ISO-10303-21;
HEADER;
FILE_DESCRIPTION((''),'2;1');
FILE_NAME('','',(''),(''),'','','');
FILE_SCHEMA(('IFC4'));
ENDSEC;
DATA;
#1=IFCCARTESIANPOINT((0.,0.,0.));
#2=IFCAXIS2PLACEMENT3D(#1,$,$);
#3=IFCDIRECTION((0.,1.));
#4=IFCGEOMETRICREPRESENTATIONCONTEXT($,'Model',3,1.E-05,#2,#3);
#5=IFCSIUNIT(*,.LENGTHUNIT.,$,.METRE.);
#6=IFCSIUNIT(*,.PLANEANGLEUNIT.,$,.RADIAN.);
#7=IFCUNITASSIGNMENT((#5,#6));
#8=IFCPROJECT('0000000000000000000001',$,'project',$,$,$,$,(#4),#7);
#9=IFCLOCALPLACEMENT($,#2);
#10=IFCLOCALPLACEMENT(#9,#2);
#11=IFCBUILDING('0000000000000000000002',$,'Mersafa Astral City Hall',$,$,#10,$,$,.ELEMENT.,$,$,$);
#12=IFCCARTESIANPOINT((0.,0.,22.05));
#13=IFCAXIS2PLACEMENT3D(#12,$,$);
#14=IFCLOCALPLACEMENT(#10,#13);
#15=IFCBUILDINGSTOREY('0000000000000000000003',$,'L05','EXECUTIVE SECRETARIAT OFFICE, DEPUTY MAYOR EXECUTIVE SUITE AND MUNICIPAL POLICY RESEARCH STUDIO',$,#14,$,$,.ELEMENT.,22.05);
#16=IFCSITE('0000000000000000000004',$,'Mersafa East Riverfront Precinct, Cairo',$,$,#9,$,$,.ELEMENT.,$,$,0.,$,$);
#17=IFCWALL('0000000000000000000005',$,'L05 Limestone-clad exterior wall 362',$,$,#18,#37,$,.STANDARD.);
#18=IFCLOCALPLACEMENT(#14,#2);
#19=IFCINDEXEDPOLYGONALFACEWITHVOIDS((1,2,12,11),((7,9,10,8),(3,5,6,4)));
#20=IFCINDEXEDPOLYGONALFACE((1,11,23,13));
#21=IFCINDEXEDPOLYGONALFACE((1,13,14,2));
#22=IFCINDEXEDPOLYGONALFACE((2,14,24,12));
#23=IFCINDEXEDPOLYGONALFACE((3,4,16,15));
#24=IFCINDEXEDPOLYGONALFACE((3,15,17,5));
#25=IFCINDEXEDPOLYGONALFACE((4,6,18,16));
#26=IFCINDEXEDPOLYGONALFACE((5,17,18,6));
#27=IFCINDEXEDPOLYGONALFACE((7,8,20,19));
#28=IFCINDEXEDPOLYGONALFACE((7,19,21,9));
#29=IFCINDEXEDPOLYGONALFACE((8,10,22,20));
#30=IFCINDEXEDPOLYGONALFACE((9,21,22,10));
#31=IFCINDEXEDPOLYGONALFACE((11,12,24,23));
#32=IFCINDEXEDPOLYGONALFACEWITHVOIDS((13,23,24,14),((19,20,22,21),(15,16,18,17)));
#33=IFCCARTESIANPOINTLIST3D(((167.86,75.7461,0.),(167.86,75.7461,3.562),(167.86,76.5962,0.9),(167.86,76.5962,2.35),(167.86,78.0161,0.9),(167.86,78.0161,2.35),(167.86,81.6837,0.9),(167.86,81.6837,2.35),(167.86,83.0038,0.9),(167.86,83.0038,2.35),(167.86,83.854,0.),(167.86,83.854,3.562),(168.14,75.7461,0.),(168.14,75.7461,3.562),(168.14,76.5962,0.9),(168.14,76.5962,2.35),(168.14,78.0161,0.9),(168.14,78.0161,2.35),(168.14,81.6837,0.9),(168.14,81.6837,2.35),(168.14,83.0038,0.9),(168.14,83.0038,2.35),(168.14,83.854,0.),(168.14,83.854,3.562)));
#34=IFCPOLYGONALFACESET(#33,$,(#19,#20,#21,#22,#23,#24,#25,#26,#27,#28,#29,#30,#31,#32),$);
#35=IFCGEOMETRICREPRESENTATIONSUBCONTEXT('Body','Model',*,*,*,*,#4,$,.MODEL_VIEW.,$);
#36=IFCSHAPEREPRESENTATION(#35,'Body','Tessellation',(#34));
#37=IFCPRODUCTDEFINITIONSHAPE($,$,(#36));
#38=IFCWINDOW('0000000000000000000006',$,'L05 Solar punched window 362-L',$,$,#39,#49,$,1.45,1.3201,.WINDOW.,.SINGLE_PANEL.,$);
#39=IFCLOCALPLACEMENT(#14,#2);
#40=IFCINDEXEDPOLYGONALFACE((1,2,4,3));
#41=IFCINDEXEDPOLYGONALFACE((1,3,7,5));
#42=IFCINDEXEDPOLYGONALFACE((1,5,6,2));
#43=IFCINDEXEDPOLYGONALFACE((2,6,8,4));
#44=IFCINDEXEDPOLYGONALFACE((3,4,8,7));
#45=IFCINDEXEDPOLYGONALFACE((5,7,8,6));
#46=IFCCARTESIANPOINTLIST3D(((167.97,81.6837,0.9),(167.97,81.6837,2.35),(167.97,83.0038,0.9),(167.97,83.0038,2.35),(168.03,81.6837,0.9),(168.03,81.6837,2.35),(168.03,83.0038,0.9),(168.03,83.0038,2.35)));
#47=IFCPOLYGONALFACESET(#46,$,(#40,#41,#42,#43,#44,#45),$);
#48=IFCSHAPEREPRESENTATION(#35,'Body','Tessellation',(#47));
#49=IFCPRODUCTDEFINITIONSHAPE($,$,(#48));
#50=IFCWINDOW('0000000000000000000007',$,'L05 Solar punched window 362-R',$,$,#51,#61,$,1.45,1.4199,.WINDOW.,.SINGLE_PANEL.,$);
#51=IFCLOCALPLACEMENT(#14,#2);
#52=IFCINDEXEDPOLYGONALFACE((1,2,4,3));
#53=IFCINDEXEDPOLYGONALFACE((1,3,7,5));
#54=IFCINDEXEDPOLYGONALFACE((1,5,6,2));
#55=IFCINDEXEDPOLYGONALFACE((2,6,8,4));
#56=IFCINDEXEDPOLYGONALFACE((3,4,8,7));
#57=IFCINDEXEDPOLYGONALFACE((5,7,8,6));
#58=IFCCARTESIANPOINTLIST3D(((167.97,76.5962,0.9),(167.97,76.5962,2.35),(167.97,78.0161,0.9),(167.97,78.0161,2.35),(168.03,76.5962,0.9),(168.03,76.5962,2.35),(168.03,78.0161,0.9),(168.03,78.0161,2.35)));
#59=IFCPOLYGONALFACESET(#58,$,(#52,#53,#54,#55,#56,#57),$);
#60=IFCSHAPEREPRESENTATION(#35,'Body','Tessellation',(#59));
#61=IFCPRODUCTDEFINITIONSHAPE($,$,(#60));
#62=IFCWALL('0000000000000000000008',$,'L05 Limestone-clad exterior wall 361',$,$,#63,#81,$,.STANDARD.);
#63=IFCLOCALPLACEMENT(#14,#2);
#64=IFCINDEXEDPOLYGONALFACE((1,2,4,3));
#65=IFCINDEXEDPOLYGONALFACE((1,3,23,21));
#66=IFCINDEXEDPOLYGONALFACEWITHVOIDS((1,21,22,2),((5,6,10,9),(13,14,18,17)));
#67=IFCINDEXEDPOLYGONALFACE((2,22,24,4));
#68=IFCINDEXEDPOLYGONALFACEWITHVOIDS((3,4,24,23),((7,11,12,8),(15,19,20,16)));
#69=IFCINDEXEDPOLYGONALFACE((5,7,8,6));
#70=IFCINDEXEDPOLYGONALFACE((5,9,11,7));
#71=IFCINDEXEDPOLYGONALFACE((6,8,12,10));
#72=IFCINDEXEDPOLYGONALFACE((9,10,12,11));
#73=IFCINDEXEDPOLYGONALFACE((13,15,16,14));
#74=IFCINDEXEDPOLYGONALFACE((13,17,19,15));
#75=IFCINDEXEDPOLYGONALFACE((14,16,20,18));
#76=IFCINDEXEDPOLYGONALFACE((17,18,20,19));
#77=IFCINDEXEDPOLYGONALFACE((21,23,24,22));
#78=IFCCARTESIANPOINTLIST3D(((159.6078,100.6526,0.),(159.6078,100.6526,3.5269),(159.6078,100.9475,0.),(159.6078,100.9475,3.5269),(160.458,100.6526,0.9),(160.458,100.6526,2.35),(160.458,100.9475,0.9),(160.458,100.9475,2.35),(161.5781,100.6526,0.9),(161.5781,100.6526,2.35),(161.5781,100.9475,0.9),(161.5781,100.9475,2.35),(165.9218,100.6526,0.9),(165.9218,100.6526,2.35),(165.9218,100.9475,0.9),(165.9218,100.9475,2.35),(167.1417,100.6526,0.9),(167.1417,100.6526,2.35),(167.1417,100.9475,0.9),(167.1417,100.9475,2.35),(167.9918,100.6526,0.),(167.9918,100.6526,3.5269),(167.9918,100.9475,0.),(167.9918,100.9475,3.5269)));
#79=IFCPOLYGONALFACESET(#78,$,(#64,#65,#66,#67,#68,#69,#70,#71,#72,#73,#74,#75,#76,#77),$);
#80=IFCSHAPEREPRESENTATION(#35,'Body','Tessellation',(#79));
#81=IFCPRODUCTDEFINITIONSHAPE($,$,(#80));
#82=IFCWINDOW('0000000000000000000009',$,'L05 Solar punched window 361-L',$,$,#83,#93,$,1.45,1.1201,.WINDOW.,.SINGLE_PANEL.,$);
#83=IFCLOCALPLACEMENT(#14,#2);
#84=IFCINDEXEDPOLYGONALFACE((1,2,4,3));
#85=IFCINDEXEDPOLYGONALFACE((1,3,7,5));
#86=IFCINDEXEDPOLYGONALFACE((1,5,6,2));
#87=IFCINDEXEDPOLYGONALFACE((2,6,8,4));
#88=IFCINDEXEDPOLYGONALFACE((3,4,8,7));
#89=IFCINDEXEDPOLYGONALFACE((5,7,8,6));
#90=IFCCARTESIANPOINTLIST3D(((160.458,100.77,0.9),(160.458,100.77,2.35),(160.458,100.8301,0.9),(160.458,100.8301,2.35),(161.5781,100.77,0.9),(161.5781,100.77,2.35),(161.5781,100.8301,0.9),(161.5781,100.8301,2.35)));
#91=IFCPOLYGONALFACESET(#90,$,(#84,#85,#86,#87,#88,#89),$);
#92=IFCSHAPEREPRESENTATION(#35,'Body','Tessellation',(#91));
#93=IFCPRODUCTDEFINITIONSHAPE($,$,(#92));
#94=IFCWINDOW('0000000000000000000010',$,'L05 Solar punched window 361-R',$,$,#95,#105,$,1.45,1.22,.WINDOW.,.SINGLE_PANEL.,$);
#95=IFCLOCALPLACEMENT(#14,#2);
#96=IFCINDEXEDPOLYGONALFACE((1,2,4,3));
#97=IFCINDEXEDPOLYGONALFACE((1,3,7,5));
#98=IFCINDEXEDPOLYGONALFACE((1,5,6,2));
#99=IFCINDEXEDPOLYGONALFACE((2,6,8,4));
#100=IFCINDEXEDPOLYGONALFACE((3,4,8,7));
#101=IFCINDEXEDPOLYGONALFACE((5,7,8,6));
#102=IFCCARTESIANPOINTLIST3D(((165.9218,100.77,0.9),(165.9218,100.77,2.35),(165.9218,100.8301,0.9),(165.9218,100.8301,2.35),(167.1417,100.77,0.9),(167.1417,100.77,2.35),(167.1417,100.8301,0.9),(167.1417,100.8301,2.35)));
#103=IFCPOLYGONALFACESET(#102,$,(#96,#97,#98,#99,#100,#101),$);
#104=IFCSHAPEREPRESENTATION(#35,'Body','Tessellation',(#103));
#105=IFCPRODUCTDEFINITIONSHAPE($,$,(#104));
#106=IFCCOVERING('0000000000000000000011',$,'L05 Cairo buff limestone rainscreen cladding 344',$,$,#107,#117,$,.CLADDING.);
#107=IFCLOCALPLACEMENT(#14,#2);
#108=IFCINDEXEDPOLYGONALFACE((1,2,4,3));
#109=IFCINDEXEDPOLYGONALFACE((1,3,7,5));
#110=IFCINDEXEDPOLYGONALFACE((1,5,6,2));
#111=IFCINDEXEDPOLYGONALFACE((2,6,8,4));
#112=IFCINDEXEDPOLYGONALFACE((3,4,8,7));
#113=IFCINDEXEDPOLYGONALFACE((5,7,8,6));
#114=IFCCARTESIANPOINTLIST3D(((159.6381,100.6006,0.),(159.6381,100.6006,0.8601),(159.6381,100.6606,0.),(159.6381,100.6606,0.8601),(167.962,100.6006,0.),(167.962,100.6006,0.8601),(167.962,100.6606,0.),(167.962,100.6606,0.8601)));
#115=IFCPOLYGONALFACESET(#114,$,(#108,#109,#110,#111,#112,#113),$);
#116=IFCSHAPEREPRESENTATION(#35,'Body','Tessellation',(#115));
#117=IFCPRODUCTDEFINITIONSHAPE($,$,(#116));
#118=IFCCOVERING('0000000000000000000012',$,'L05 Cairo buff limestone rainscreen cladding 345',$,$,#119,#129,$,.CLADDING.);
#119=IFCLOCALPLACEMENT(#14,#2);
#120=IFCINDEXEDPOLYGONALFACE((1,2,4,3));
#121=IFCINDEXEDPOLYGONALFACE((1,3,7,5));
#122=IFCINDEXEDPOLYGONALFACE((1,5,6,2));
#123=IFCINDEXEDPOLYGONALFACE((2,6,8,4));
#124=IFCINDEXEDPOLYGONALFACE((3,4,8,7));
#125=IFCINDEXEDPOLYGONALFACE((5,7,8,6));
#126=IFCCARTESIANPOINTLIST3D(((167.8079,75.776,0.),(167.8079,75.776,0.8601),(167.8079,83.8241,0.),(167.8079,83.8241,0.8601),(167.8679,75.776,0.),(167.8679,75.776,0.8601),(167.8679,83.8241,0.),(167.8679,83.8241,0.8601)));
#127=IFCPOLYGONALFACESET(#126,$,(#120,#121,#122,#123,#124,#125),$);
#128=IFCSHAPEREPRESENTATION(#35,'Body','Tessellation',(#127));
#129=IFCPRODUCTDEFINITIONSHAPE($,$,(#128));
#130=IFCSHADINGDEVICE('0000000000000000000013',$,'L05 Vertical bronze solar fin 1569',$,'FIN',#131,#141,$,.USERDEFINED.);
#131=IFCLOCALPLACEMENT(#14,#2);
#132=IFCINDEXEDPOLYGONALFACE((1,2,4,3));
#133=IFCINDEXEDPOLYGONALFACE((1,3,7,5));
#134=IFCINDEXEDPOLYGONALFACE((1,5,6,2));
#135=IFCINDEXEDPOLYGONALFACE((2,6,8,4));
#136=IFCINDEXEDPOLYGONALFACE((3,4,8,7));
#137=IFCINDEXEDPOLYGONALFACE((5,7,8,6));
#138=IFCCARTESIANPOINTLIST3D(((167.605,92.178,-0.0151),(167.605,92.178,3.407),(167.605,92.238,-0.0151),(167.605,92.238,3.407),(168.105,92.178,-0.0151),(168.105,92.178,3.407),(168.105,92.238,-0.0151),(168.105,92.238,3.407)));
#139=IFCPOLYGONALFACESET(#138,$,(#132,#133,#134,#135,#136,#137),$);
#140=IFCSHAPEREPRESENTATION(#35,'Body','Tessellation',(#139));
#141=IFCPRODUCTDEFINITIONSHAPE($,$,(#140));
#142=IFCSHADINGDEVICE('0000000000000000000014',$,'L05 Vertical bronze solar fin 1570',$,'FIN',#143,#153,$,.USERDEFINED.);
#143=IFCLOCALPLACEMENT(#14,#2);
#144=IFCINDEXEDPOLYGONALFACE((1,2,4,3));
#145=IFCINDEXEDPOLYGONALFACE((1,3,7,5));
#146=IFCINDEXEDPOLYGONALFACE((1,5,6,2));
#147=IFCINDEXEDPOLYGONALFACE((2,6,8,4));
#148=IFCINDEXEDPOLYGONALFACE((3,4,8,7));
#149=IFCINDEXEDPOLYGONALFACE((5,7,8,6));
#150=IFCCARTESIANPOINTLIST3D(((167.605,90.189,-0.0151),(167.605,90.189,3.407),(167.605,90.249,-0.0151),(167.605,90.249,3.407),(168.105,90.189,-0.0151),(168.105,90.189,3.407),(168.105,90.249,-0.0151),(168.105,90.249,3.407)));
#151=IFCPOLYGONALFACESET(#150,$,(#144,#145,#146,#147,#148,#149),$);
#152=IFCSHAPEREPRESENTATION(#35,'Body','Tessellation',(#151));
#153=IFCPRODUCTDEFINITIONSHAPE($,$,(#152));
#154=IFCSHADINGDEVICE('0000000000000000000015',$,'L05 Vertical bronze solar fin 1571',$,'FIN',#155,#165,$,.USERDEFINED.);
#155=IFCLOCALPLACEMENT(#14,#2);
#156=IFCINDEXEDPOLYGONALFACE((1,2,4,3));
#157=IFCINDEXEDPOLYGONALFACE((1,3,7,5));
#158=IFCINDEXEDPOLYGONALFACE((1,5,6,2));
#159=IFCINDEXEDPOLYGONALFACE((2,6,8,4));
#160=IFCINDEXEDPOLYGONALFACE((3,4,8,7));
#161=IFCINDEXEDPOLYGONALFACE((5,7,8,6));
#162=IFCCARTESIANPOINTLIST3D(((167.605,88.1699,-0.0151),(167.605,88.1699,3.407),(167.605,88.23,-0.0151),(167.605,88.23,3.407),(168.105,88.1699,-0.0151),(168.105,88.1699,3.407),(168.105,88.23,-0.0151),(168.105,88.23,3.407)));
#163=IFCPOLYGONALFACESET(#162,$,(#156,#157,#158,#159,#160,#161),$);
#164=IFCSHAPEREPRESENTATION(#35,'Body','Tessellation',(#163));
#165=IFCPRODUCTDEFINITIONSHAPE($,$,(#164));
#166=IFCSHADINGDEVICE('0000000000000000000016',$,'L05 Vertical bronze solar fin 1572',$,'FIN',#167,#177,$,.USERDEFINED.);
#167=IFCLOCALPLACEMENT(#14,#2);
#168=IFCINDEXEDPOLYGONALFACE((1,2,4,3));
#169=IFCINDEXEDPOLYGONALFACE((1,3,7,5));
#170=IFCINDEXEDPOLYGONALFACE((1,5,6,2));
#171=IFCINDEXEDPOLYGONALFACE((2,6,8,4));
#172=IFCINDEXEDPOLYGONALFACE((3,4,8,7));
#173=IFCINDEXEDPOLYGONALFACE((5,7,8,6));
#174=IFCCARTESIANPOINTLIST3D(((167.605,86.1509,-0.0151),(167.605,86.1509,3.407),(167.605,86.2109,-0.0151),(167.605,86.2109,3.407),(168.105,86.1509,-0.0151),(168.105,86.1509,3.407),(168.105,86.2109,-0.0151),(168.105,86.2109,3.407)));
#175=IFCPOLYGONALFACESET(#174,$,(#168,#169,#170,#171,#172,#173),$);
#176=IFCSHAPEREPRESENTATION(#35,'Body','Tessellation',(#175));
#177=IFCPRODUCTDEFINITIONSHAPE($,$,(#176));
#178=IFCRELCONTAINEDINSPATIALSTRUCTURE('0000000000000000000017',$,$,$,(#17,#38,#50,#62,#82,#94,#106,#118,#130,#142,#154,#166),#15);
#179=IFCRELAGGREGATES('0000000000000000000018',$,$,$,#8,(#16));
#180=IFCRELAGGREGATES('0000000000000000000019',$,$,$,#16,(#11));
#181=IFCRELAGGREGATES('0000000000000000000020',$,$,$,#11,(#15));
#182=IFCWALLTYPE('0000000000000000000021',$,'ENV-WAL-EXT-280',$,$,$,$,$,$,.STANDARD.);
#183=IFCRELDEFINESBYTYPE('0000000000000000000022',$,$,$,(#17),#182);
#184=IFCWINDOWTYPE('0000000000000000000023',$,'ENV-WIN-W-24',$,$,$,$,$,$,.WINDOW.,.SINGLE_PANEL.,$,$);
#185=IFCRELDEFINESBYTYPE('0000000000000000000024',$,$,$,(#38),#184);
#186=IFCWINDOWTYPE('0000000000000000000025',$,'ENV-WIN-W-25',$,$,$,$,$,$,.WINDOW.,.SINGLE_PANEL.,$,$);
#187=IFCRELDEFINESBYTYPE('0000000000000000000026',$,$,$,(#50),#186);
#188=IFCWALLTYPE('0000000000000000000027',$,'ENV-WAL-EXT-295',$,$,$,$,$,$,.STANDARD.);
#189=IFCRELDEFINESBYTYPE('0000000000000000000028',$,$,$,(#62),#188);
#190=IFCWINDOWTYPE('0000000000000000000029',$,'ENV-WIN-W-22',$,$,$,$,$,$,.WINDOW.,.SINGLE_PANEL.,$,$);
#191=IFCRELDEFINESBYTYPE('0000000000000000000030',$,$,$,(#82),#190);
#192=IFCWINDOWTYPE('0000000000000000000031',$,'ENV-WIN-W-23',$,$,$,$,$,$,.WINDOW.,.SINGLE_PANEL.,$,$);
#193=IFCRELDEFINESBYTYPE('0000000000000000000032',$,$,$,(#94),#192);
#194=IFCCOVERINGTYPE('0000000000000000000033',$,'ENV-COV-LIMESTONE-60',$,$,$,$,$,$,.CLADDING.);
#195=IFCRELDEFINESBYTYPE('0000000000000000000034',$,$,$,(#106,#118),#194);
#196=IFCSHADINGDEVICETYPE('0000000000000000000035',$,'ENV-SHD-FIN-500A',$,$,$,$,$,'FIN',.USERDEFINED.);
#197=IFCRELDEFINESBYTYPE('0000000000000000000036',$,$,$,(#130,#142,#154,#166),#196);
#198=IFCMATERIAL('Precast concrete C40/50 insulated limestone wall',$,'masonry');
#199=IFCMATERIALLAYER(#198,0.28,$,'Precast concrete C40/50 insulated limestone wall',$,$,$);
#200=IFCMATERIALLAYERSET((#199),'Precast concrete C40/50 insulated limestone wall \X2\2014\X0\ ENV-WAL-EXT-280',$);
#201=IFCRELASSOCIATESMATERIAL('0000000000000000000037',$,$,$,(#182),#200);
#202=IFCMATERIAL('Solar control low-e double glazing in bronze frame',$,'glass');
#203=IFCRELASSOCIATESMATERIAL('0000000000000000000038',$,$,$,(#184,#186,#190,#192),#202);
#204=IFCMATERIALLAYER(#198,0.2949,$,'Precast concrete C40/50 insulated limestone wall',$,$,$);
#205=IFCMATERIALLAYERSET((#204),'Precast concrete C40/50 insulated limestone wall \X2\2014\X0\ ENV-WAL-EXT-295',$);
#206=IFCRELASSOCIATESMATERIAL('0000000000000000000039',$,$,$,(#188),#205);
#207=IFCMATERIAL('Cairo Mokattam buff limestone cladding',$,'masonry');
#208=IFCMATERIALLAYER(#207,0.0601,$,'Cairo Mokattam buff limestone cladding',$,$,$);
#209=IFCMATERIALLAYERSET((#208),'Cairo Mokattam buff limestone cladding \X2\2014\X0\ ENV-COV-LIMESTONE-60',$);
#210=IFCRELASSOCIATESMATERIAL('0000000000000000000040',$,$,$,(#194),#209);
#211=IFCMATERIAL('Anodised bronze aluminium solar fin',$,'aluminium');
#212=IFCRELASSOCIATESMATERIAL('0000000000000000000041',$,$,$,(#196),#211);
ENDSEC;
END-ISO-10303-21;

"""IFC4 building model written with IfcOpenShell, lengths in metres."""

from ifc_helpers import new_model, si_unit, direction, frame, frame_2d, origin, origin_2d, place, context, subcontext, project, spatial, rectangle, extrude, material, layer, layer_set, type_object, element, fill, save


model = new_model("IFC4")

# Units and contexts
model_context = context("Model", 3, precision=1e-05, world=origin(), true_north=direction((0.0, 1.0)))
body_context = subcontext(model_context, "Body", "Model", "MODEL_VIEW")
ifc_project = project(units=[si_unit("LENGTHUNIT", "METRE"), si_unit("PLANEANGLEUNIT", "RADIAN")], contexts=[model_context])

# Site, building, storey
site_placement = place(None, origin())
site = spatial("IfcSite", under=ifc_project, at=site_placement, Name="Mersafa East Riverfront Precinct, Cairo", CompositionType="ELEMENT", RefElevation=0.0)
building_placement = place(site_placement, origin())
building = spatial("IfcBuilding", under=site, at=building_placement, Name="Mersafa Astral City Hall", CompositionType="ELEMENT")
storey_placement = place(building_placement, frame((0.0, 0.0, 22.05)))
storey = spatial("IfcBuildingStorey", under=building, at=storey_placement, Name="L05", Description="EXECUTIVE SECRETARIAT OFFICE, DEPUTY MAYOR EXECUTIVE SUITE AND MUNICIPAL POLICY RESEARCH STUDIO", CompositionType="ELEMENT", Elevation=22.05)

# Walls, openings, windows
ifc_material_1 = material(Name="Precast concrete C40/50 insulated limestone wall", Category="masonry")
ifc_layer_1 = layer(ifc_material_1, 0.28, Name="Precast concrete C40/50 insulated limestone wall")
ifc_layer_set_1 = layer_set([ifc_layer_1], Name="Precast concrete C40/50 insulated limestone wall — ENV-WAL-EXT-280")
wall_type_1 = type_object("IfcWallType", Name="ENV-WAL-EXT-280", PredefinedType="STANDARD", material=ifc_layer_set_1)
wall_1_placement = place(storey_placement, frame((168.0, 83.854, 0.0), z_axis=(0.0, 0.0, 1.0), x_axis=(0.0, -1.0, 0.0)))
wall_1 = element("IfcWall", 1, at=wall_1_placement, inside=storey, type_object=wall_type_1, Name="L05 Limestone-clad exterior wall 362", PredefinedType="STANDARD", context=body_context, shape_type="SweptSolid", body=[
    extrude(rectangle(XDim=8.1079, YDim=0.28, at=frame_2d((4.054, 0.0))), origin(), (0.0, 0.0, 1.0), 3.562),
])
opening_1_placement = place(wall_1_placement, frame((0.8501, 0.0, 0.8999)))
opening_1 = element("IfcOpeningElement", 2, at=opening_1_placement, cuts=wall_1, PredefinedType="OPENING", context=body_context, shape_type="SweptSolid", body=[
    extrude(rectangle(XDim=1.3201, YDim=1.45, at=frame_2d((0.6602, 0.7251))), frame((0.0, 0.1499, 0.0), z_axis=(0.0, -1.0, 0.0), x_axis=(1.0, 0.0, 0.0)), (0.0, 0.0, 1.0), 0.3),
])
opening_2_placement = place(wall_1_placement, frame((5.8379, 0.0, 0.8999)))
opening_2 = element("IfcOpeningElement", 3, at=opening_2_placement, cuts=wall_1, PredefinedType="OPENING", context=body_context, shape_type="SweptSolid", body=[
    extrude(rectangle(XDim=1.4199, YDim=1.45, at=frame_2d((0.71, 0.7251))), frame((0.0, 0.1499, 0.0), z_axis=(0.0, -1.0, 0.0), x_axis=(1.0, 0.0, 0.0)), (0.0, 0.0, 1.0), 0.3),
])
ifc_material_2 = material(Name="Solar control low-e double glazing in bronze frame", Category="glass")
window_type_1 = type_object("IfcWindowType", Name="ENV-WIN-W-24", PartitioningType="SINGLE_PANEL", PredefinedType="WINDOW", material=ifc_material_2)
window_1_placement = place(opening_1_placement, origin())
window_1 = element("IfcWindow", 4, at=window_1_placement, inside=storey, type_object=window_type_1, Name="L05 Solar punched window 362-L", OverallHeight=1.45, OverallWidth=1.3201, PartitioningType="SINGLE_PANEL", PredefinedType="WINDOW", context=body_context, shape_type="SweptSolid", body=[
    extrude(rectangle(XDim=1.3201, YDim=1.45, at=frame_2d((0.6602, 0.7251))), frame((0.0, 0.03, 0.0), z_axis=(0.0, -1.0, 0.0), x_axis=(1.0, 0.0, 0.0)), (0.0, 0.0, 1.0), 0.0601),
])
fill(opening_1, window_1)
window_type_2 = type_object("IfcWindowType", Name="ENV-WIN-W-25", PartitioningType="SINGLE_PANEL", PredefinedType="WINDOW", material=ifc_material_2)
window_2_placement = place(opening_2_placement, origin())
window_2 = element("IfcWindow", 5, at=window_2_placement, inside=storey, type_object=window_type_2, Name="L05 Solar punched window 362-R", OverallHeight=1.45, OverallWidth=1.4199, PartitioningType="SINGLE_PANEL", PredefinedType="WINDOW", context=body_context, shape_type="SweptSolid", body=[
    extrude(rectangle(XDim=1.4199, YDim=1.45, at=frame_2d((0.71, 0.7251))), frame((0.0, 0.03, 0.0), z_axis=(0.0, -1.0, 0.0), x_axis=(1.0, 0.0, 0.0)), (0.0, 0.0, 1.0), 0.0601),
])
fill(opening_2, window_2)
ifc_layer_2 = layer(ifc_material_1, 0.2949, Name="Precast concrete C40/50 insulated limestone wall")
ifc_layer_set_2 = layer_set([ifc_layer_2], Name="Precast concrete C40/50 insulated limestone wall — ENV-WAL-EXT-295")
wall_type_2 = type_object("IfcWallType", Name="ENV-WAL-EXT-295", PredefinedType="STANDARD", material=ifc_layer_set_2)
wall_2_placement = place(storey_placement, frame((159.6079, 100.8, 0.0), z_axis=(0.0, 0.0, 1.0), x_axis=(1.0, 0.0, 0.0)))
wall_2 = element("IfcWall", 6, at=wall_2_placement, inside=storey, type_object=wall_type_2, Name="L05 Limestone-clad exterior wall 361", PredefinedType="STANDARD", context=body_context, shape_type="SweptSolid", body=[
    extrude(rectangle(XDim=8.384, YDim=0.2949, at=frame_2d((4.1919, 0.0))), origin(), (0.0, 0.0, 1.0), 3.5269),
])
opening_3_placement = place(wall_2_placement, frame((0.8501, 0.0, 0.8999)))
opening_3 = element("IfcOpeningElement", 7, at=opening_3_placement, cuts=wall_2, PredefinedType="OPENING", context=body_context, shape_type="SweptSolid", body=[
    extrude(rectangle(XDim=1.1201, YDim=1.45, at=frame_2d((0.5601, 0.7251))), frame((0.0, 0.1575, 0.0), z_axis=(0.0, -1.0, 0.0), x_axis=(1.0, 0.0, 0.0)), (0.0, 0.0, 1.0), 0.3149),
])
opening_4_placement = place(wall_2_placement, frame((6.314, 0.0, 0.8999)))
opening_4 = element("IfcOpeningElement", 8, at=opening_4_placement, cuts=wall_2, PredefinedType="OPENING", context=body_context, shape_type="SweptSolid", body=[
    extrude(rectangle(XDim=1.22, YDim=1.45, at=frame_2d((0.6099, 0.7251))), frame((0.0, 0.1575, 0.0), z_axis=(0.0, -1.0, 0.0), x_axis=(1.0, 0.0, 0.0)), (0.0, 0.0, 1.0), 0.3149),
])
window_type_3 = type_object("IfcWindowType", Name="ENV-WIN-W-22", PartitioningType="SINGLE_PANEL", PredefinedType="WINDOW", material=ifc_material_2)
window_3_placement = place(opening_3_placement, origin())
window_3 = element("IfcWindow", 9, at=window_3_placement, inside=storey, type_object=window_type_3, Name="L05 Solar punched window 361-L", OverallHeight=1.45, OverallWidth=1.1201, PartitioningType="SINGLE_PANEL", PredefinedType="WINDOW", context=body_context, shape_type="SweptSolid", body=[
    extrude(rectangle(XDim=1.1201, YDim=1.45, at=frame_2d((0.5601, 0.7251))), frame((0.0, 0.03, 0.0), z_axis=(0.0, -1.0, 0.0), x_axis=(1.0, 0.0, 0.0)), (0.0, 0.0, 1.0), 0.0601),
])
fill(opening_3, window_3)
window_type_4 = type_object("IfcWindowType", Name="ENV-WIN-W-23", PartitioningType="SINGLE_PANEL", PredefinedType="WINDOW", material=ifc_material_2)
window_4_placement = place(opening_4_placement, origin())
window_4 = element("IfcWindow", 10, at=window_4_placement, inside=storey, type_object=window_type_4, Name="L05 Solar punched window 361-R", OverallHeight=1.45, OverallWidth=1.22, PartitioningType="SINGLE_PANEL", PredefinedType="WINDOW", context=body_context, shape_type="SweptSolid", body=[
    extrude(rectangle(XDim=1.22, YDim=1.45, at=frame_2d((0.6099, 0.7251))), frame((0.0, 0.03, 0.0), z_axis=(0.0, -1.0, 0.0), x_axis=(1.0, 0.0, 0.0)), (0.0, 0.0, 1.0), 0.0601),
])
fill(opening_4, window_4)

# Coverings
ifc_material_3 = material(Name="Cairo Mokattam buff limestone cladding", Category="masonry")
ifc_layer_3 = layer(ifc_material_3, 0.0601, Name="Cairo Mokattam buff limestone cladding")
ifc_layer_set_3 = layer_set([ifc_layer_3], Name="Cairo Mokattam buff limestone cladding — ENV-COV-LIMESTONE-60")
covering_type = type_object("IfcCoveringType", Name="ENV-COV-LIMESTONE-60", PredefinedType="CLADDING", material=ifc_layer_set_3)
covering_1_placement = place(storey_placement, frame((163.8, 100.6306, 0.0), z_axis=(0.0, 0.0, 1.0), x_axis=(1.0, 0.0, 0.0)))
element("IfcCovering", 11, at=covering_1_placement, inside=storey, type_object=covering_type, Name="L05 Cairo buff limestone rainscreen cladding 344", PredefinedType="CLADDING", context=body_context, shape_type="SweptSolid", body=[
    extrude(rectangle(XDim=8.324, YDim=0.0601, at=origin_2d()), origin(), (0.0, 0.0, 1.0), 0.8601),
])
covering_2_placement = place(storey_placement, frame((167.8379, 79.8, 0.0), z_axis=(0.0, 0.0, 1.0), x_axis=(0.0, -1.0, 0.0)))
element("IfcCovering", 12, at=covering_2_placement, inside=storey, type_object=covering_type, Name="L05 Cairo buff limestone rainscreen cladding 345", PredefinedType="CLADDING", context=body_context, shape_type="SweptSolid", body=[
    extrude(rectangle(XDim=8.0481, YDim=0.0601, at=origin_2d()), origin(), (0.0, 0.0, 1.0), 0.8601),
])

# Shading devices
ifc_material_4 = material(Name="Anodised bronze aluminium solar fin", Category="aluminium")
shading_device_type_1 = type_object("IfcShadingDeviceType", Name="ENV-SHD-FIN-500A", ElementType="FIN", PredefinedType="USERDEFINED", material=ifc_material_4)
for number, where, z_axis, x_axis, name in (
    (13, (167.855, 92.208, -0.0151), (0.0, 0.0, 1.0), (0.0, -1.0, 0.0), "L05 Vertical bronze solar fin 1569"),
    (14, (167.855, 90.219, -0.0151), (0.0, 0.0, 1.0), (0.0, -1.0, 0.0), "L05 Vertical bronze solar fin 1570"),
    (15, (167.855, 88.2, -0.0151), (0.0, 0.0, 1.0), (0.0, -1.0, 0.0), "L05 Vertical bronze solar fin 1571"),
    (16, (167.855, 86.1809, -0.0151), (0.0, 0.0, 1.0), (0.0, -1.0, 0.0), "L05 Vertical bronze solar fin 1572"),
):
    element("IfcShadingDevice", number, at=place(storey_placement, frame(where, z_axis=z_axis, x_axis=x_axis)), inside=storey, type_object=shading_device_type_1, Name=name, ObjectType="FIN", PredefinedType="USERDEFINED", context=body_context, shape_type="SweptSolid", body=[
        extrude(rectangle(XDim=0.0601, YDim=0.5, at=origin_2d()), origin(), (0.0, 0.0, 1.0), 3.4221),
    ])

save(model, "model.ifc")
